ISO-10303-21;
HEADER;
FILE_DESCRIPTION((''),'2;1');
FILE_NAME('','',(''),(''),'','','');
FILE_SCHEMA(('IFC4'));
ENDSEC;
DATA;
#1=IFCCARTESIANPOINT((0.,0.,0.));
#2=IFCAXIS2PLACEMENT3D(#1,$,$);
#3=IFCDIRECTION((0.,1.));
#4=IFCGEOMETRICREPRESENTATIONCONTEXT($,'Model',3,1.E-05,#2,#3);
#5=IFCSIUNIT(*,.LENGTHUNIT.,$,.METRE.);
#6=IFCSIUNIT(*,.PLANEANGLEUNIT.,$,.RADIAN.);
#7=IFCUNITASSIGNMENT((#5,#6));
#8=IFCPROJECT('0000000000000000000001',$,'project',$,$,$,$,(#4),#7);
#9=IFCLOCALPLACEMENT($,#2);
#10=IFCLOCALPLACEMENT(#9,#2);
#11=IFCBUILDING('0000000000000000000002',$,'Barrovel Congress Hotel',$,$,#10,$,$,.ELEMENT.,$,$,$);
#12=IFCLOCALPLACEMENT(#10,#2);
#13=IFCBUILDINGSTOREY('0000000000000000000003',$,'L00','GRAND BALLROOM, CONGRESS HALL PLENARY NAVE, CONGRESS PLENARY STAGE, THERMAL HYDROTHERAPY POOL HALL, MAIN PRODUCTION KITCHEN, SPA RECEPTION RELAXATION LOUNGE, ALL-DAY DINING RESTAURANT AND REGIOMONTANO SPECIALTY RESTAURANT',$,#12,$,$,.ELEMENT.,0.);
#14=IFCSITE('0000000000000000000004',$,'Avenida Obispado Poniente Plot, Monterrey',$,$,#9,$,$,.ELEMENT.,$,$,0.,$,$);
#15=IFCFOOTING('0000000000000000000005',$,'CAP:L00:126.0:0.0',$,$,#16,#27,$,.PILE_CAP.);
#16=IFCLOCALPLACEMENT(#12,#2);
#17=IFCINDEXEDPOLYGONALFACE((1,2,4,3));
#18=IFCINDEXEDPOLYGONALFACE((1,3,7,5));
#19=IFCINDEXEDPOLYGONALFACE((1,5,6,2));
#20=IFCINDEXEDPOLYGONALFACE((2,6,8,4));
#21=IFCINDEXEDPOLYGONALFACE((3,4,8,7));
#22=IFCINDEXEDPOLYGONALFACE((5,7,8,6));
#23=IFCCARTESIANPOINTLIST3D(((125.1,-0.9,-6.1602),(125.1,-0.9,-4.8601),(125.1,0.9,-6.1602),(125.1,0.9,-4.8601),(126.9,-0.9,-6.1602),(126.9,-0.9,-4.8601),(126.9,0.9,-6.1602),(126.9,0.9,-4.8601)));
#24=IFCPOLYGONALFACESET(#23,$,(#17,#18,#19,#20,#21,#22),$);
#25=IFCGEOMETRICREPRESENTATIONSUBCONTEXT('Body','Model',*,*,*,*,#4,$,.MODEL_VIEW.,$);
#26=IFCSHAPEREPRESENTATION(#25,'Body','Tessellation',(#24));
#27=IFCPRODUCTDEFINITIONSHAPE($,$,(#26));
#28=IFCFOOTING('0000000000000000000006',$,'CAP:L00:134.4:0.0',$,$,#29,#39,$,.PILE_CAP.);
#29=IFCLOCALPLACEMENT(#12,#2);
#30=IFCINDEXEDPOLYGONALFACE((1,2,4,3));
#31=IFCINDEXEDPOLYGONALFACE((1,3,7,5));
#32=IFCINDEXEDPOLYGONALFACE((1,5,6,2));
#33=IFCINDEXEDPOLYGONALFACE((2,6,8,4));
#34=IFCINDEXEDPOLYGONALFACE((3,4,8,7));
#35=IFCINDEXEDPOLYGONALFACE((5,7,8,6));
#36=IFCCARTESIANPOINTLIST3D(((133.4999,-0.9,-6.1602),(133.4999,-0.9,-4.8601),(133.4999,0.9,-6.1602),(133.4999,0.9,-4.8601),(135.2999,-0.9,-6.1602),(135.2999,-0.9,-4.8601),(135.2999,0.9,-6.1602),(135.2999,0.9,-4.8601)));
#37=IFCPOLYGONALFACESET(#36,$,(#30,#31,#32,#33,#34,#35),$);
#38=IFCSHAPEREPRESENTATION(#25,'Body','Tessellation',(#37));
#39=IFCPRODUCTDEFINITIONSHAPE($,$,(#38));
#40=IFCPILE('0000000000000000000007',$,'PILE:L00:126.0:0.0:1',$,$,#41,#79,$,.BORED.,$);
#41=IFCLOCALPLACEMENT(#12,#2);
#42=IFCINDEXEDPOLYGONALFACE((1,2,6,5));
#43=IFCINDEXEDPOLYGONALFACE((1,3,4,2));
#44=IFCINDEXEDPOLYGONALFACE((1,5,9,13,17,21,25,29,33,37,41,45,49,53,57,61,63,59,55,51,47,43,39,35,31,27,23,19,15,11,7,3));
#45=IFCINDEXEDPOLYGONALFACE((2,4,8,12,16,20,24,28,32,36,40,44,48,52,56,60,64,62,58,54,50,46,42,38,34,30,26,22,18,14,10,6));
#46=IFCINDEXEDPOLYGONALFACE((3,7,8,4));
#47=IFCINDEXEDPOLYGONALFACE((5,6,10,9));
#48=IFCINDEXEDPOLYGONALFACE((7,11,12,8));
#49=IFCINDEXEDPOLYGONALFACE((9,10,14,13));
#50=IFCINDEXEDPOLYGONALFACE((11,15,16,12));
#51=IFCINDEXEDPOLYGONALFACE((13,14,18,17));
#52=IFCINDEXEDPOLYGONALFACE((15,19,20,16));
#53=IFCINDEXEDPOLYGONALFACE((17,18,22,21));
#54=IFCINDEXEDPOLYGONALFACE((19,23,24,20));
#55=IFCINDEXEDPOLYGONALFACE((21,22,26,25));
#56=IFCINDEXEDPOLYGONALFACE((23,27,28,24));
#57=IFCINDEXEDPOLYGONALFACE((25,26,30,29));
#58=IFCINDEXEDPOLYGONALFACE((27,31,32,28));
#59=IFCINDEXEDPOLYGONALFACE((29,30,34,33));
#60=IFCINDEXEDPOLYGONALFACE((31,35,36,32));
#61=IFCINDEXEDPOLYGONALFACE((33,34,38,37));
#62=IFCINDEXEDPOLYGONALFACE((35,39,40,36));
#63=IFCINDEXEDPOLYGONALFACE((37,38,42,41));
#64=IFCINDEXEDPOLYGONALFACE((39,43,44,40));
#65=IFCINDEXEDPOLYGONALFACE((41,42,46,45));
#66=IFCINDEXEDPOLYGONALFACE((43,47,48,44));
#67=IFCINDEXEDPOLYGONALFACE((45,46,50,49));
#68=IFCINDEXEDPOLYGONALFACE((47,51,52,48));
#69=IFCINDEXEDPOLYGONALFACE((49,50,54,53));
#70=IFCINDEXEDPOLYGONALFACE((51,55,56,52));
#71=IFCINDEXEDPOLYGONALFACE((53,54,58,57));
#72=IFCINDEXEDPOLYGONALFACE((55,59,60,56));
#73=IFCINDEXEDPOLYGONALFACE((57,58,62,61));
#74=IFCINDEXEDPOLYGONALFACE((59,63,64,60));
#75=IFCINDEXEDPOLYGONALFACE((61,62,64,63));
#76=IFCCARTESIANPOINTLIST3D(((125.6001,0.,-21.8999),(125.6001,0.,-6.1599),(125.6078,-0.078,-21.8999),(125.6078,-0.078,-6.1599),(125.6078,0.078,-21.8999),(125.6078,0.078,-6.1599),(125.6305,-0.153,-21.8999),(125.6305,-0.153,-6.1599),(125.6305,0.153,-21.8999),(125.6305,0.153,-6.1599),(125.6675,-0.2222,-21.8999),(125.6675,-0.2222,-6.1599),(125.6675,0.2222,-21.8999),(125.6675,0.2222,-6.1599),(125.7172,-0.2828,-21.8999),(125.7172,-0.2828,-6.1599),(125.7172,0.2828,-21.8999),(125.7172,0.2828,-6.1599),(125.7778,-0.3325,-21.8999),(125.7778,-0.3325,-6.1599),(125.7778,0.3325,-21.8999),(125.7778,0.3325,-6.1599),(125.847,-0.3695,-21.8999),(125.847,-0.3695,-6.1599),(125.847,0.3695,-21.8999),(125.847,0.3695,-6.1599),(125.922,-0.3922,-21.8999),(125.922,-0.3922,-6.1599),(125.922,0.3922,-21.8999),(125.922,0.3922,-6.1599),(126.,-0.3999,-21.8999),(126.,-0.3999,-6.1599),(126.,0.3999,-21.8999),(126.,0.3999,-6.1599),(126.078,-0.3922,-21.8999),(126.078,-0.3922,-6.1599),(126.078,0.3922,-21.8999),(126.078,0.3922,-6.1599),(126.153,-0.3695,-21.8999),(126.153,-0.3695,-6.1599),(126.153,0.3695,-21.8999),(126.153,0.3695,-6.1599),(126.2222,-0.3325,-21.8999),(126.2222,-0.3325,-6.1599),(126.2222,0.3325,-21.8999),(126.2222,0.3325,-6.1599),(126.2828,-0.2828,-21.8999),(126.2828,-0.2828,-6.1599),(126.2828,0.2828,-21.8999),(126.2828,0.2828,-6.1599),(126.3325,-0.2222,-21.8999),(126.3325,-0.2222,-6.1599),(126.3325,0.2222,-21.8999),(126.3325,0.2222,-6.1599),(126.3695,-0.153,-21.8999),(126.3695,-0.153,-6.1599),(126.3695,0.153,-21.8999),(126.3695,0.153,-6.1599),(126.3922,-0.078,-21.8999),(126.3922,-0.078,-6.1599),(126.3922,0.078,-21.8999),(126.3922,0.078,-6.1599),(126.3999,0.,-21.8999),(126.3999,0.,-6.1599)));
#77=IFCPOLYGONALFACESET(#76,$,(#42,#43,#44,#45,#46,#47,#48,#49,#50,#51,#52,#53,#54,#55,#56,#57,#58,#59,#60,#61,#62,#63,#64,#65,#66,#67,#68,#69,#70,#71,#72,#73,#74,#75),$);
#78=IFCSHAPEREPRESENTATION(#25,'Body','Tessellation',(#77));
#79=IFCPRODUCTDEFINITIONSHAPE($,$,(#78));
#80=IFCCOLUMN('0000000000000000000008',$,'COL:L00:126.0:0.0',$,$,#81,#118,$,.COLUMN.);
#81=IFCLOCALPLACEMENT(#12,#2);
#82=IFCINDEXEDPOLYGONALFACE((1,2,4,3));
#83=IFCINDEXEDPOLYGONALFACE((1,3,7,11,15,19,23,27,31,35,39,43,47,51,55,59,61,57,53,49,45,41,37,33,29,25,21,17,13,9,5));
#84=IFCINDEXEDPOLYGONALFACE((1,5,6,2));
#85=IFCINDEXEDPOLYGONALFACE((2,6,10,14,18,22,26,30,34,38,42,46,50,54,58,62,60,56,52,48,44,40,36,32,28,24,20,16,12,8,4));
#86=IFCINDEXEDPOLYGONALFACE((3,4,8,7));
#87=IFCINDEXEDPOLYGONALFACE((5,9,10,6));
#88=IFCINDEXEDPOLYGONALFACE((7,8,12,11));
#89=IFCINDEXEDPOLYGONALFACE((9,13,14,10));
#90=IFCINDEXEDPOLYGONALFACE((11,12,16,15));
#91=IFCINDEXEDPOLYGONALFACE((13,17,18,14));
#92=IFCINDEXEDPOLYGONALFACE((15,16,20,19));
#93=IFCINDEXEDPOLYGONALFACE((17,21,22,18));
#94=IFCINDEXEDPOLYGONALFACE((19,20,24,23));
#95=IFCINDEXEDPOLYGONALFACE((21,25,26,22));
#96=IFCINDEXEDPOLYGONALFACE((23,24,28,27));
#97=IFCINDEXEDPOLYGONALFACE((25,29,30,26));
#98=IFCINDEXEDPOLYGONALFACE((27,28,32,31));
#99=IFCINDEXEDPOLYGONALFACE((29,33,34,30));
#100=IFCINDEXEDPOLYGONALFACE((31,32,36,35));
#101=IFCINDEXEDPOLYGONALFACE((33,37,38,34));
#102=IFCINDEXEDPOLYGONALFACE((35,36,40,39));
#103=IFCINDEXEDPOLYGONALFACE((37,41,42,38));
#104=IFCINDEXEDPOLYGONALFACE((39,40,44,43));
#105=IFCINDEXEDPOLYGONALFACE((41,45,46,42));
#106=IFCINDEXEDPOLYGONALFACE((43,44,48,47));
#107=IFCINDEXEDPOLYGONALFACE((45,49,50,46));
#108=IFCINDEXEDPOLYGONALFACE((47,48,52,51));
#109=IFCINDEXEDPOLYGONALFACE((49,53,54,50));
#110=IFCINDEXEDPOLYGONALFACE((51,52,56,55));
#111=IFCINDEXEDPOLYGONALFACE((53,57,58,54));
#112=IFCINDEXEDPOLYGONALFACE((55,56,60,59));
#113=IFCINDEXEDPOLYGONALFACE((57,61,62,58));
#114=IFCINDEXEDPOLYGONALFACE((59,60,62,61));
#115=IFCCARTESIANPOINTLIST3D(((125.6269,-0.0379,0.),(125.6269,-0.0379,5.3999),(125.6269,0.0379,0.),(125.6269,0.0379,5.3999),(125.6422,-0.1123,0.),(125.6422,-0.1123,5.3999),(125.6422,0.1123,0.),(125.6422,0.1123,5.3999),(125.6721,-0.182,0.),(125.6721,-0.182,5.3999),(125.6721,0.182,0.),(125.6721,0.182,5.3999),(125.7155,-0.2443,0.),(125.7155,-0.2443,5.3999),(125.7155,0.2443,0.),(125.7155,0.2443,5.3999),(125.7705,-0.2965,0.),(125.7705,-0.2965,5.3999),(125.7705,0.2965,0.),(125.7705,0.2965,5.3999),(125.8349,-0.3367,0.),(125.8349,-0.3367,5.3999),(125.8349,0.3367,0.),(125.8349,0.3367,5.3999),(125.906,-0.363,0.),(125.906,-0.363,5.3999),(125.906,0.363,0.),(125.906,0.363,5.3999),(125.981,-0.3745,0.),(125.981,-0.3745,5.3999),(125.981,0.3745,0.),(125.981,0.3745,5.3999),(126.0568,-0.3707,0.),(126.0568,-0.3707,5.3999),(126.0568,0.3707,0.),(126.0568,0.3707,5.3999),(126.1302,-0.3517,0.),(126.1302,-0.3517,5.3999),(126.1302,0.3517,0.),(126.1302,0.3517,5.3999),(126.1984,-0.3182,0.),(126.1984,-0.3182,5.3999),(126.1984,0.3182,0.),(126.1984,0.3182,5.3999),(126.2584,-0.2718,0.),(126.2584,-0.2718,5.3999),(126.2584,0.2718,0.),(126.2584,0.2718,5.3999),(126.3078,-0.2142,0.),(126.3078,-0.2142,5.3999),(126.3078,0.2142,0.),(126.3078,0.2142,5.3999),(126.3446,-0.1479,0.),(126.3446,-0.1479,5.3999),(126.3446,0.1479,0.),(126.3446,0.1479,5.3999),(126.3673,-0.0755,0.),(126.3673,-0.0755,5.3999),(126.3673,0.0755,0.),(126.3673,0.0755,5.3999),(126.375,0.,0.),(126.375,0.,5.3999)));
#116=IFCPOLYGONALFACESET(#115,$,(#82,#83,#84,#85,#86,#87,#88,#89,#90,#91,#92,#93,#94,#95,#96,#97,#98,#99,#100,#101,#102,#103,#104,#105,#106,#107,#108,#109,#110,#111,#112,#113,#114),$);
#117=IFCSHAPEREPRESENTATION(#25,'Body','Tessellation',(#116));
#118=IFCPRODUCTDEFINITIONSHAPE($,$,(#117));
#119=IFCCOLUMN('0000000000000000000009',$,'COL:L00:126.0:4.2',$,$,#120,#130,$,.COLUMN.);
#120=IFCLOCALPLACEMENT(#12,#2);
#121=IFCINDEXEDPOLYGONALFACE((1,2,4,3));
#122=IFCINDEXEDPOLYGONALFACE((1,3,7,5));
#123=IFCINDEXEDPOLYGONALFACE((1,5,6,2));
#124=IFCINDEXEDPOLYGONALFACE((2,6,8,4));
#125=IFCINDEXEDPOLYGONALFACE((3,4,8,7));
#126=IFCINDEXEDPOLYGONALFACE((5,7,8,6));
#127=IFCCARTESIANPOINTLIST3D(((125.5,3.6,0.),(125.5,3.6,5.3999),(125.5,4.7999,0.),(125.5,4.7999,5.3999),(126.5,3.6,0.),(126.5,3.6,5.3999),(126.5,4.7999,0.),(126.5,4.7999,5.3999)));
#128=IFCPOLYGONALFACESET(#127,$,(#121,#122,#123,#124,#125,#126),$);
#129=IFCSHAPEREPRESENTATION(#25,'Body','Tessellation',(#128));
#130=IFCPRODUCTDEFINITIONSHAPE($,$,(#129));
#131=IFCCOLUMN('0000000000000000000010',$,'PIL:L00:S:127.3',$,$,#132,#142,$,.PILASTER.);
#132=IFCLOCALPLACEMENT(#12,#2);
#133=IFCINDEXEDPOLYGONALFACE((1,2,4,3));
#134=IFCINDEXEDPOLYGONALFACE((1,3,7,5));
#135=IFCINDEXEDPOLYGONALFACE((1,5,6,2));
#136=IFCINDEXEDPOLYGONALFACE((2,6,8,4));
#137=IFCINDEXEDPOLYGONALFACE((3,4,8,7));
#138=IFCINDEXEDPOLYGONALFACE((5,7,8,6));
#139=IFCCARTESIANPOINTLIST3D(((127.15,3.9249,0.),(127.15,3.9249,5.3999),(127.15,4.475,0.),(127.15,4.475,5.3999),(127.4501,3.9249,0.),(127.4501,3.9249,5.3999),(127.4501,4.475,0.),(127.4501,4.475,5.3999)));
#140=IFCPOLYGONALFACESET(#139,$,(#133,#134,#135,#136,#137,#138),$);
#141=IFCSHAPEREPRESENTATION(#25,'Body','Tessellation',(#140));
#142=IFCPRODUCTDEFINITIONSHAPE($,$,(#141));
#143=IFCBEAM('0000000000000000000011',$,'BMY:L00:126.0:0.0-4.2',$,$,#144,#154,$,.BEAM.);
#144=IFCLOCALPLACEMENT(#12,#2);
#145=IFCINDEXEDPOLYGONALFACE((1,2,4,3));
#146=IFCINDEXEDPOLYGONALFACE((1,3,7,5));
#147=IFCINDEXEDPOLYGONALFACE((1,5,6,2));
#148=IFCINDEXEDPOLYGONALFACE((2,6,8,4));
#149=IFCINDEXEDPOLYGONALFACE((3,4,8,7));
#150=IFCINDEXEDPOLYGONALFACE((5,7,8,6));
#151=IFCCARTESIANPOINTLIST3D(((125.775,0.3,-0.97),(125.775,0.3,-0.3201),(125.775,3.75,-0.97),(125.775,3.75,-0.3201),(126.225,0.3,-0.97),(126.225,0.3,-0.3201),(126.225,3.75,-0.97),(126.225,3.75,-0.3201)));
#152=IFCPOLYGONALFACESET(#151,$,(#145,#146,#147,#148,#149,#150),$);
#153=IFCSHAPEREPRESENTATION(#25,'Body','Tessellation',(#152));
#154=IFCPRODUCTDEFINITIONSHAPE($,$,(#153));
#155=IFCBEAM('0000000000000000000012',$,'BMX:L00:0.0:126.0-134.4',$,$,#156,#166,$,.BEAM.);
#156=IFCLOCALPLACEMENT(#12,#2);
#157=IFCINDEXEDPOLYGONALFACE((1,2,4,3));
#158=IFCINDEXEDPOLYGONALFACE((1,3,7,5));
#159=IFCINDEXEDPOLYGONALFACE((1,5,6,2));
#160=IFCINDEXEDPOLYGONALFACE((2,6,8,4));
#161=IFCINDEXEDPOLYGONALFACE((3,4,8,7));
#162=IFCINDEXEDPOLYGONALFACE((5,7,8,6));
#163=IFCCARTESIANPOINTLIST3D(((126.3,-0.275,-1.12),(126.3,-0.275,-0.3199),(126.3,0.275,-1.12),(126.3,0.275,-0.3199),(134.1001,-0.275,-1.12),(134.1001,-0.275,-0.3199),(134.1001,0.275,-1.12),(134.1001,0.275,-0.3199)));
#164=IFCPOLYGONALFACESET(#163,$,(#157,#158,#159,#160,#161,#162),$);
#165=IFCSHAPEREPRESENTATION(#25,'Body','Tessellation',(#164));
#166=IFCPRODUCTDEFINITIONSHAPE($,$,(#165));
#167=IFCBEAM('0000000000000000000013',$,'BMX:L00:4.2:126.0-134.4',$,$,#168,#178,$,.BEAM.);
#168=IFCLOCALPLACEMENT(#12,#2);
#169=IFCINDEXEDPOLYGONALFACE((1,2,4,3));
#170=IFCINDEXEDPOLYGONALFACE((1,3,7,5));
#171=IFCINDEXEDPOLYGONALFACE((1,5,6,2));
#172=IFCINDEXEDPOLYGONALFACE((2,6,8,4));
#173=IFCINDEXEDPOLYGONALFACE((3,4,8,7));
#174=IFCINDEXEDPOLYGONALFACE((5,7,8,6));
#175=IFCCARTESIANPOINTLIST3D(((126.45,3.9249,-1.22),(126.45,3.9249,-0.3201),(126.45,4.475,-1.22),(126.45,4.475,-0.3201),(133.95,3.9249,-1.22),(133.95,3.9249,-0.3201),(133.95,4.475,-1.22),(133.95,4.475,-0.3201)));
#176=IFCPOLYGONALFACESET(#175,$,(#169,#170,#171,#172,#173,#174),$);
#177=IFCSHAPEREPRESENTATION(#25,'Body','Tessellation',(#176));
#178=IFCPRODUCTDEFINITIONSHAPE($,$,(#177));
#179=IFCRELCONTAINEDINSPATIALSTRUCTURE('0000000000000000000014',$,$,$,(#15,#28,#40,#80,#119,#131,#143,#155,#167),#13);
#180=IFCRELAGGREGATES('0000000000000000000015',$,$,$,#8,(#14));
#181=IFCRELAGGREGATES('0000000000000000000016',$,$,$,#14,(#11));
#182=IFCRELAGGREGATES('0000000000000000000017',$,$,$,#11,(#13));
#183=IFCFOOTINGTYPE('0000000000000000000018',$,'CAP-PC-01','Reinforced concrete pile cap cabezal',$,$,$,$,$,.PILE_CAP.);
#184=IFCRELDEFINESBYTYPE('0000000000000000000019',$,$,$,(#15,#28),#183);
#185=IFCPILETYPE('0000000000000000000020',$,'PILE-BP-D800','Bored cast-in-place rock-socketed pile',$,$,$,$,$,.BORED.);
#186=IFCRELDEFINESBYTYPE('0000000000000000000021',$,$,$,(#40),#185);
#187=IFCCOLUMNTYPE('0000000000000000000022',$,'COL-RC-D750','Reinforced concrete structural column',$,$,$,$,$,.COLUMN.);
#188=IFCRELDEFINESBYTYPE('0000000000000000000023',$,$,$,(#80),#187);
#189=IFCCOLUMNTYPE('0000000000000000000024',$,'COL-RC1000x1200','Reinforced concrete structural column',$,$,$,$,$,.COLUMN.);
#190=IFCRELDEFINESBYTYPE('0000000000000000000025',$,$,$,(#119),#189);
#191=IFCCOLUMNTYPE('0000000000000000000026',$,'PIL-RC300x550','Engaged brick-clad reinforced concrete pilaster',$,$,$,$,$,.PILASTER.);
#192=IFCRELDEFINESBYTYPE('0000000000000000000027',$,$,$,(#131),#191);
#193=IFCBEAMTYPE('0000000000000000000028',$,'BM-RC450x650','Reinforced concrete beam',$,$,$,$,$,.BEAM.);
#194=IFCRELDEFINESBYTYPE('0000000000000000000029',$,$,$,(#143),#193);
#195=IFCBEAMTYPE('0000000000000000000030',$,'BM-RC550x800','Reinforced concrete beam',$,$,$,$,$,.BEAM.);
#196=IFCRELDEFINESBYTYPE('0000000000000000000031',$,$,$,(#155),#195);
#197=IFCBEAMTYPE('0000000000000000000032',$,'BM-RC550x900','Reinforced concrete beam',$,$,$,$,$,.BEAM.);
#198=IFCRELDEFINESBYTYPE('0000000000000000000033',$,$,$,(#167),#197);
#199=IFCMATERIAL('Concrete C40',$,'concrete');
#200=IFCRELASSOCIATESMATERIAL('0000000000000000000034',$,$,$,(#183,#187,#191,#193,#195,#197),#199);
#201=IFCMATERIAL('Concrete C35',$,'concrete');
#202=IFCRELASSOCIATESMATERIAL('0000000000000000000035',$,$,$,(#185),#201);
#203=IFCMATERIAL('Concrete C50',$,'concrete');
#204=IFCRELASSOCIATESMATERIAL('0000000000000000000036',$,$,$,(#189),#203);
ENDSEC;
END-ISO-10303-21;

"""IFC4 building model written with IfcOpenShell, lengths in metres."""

from ifc_helpers import new_model, si_unit, direction, frame, origin, origin_2d, place, context, subcontext, project, spatial, rectangle, circle, extrude, material, material_profile, profile_set, type_object, element, save


model = new_model("IFC4")

# Units and contexts
model_context = context("Model", 3, precision=1e-05, world=origin(), true_north=direction((0.0, 1.0)))
body_context = subcontext(model_context, "Body", "Model", "MODEL_VIEW")
ifc_project = project(units=[si_unit("LENGTHUNIT", "METRE"), si_unit("PLANEANGLEUNIT", "RADIAN")], contexts=[model_context])

# Site, building, storey
site_placement = place(None, origin())
site = spatial("IfcSite", under=ifc_project, at=site_placement, Name="Avenida Obispado Poniente Plot, Monterrey", CompositionType="ELEMENT", RefElevation=0.0)
building_placement = place(site_placement, origin())
building = spatial("IfcBuilding", under=site, at=building_placement, Name="Barrovel Congress Hotel", CompositionType="ELEMENT")
storey_placement = place(building_placement, origin())
storey = spatial("IfcBuildingStorey", under=building, at=storey_placement, Name="L00", Description="GRAND BALLROOM, CONGRESS HALL PLENARY NAVE, CONGRESS PLENARY STAGE, THERMAL HYDROTHERAPY POOL HALL, MAIN PRODUCTION KITCHEN, SPA RECEPTION RELAXATION LOUNGE, ALL-DAY DINING RESTAURANT AND REGIOMONTANO SPECIALTY RESTAURANT", CompositionType="ELEMENT", Elevation=0.0)

# Footings
ifc_material_1 = material(Name="Concrete C40", Category="concrete")
footing_type = type_object("IfcFootingType", Name="CAP-PC-01", Description="Reinforced concrete pile cap cabezal", PredefinedType="PILE_CAP", material=ifc_material_1)
for number, where, z_axis, x_axis, name in (
    (1, (126.0, 0.0, -6.1602), (0.0, 0.0, 1.0), (1.0, 0.0, 0.0), "CAP:L00:126.0:0.0"),
    (2, (134.3999, 0.0, -6.1602), (0.0, 0.0, 1.0), (1.0, 0.0, 0.0), "CAP:L00:134.4:0.0"),
):
    element("IfcFooting", number, at=place(storey_placement, frame(where, z_axis=z_axis, x_axis=x_axis)), inside=storey, type_object=footing_type, Name=name, PredefinedType="PILE_CAP", context=body_context, shape_type="SweptSolid", body=[
        extrude(rectangle(XDim=1.8, YDim=1.8, at=origin_2d()), origin(), (0.0, 0.0, 1.0), 1.3),
    ])

# Pile
ifc_material_2 = material(Name="Concrete C35", Category="concrete")
ifc_material_profile_1 = material_profile(ifc_material_2, circle(Radius=0.3999, at=origin_2d()), Name="BP-D800")
ifc_profile_set_1 = profile_set([ifc_material_profile_1], Name="Concrete C35")
pile_type = type_object("IfcPileType", Name="PILE-BP-D800", Description="Bored cast-in-place rock-socketed pile", PredefinedType="BORED", material=ifc_profile_set_1)
pile_placement = place(storey_placement, frame((126.0, 0.0, -6.1599), z_axis=(0.0, 0.0, -1.0), x_axis=(1.0, 0.0, 0.0)))
element("IfcPile", 3, at=pile_placement, inside=storey, type_object=pile_type, Name="PILE:L00:126.0:0.0:1", PredefinedType="BORED", context=body_context, shape_type="SweptSolid", body=[
    extrude(circle(Radius=0.3999, at=origin_2d()), origin(), (0.0, 0.0, 1.0), 15.74),
])

# Columns
ifc_material_profile_2 = material_profile(ifc_material_1, circle(Radius=0.375, at=origin_2d()), Name="RC-D750")
ifc_profile_set_2 = profile_set([ifc_material_profile_2], Name="Concrete C40")
column_type_1 = type_object("IfcColumnType", Name="COL-RC-D750", Description="Reinforced concrete structural column", PredefinedType="COLUMN", material=ifc_profile_set_2)
column_1_placement = place(storey_placement, frame((126.0, 0.0, 0.0), z_axis=(0.0, 0.0, 1.0), x_axis=(1.0, 0.0, 0.0)))
element("IfcColumn", 4, at=column_1_placement, inside=storey, type_object=column_type_1, Name="COL:L00:126.0:0.0", PredefinedType="COLUMN", context=body_context, shape_type="SweptSolid", body=[
    extrude(circle(Radius=0.375, at=origin_2d()), origin(), (0.0, 0.0, 1.0), 5.3999),
])
ifc_material_3 = material(Name="Concrete C50", Category="concrete")
ifc_material_profile_3 = material_profile(ifc_material_3, rectangle(XDim=1.0, YDim=1.2, at=origin_2d()), Name="RC1000x1200")
ifc_profile_set_3 = profile_set([ifc_material_profile_3], Name="Concrete C50")
column_type_2 = type_object("IfcColumnType", Name="COL-RC1000x1200", Description="Reinforced concrete structural column", PredefinedType="COLUMN", material=ifc_profile_set_3)
column_2_placement = place(storey_placement, frame((126.0, 4.2, 0.0), z_axis=(0.0, 0.0, 1.0), x_axis=(1.0, 0.0, 0.0)))
element("IfcColumn", 5, at=column_2_placement, inside=storey, type_object=column_type_2, Name="COL:L00:126.0:4.2", PredefinedType="COLUMN", context=body_context, shape_type="SweptSolid", body=[
    extrude(rectangle(XDim=1.0, YDim=1.2, at=origin_2d()), origin(), (0.0, 0.0, 1.0), 5.3999),
])
ifc_material_profile_4 = material_profile(ifc_material_1, rectangle(XDim=0.3, YDim=0.55, at=origin_2d()), Name="RC300x550")
ifc_profile_set_4 = profile_set([ifc_material_profile_4], Name="Concrete C40")
column_type_3 = type_object("IfcColumnType", Name="PIL-RC300x550", Description="Engaged brick-clad reinforced concrete pilaster", PredefinedType="PILASTER", material=ifc_profile_set_4)
column_3_placement = place(storey_placement, frame((127.3, 4.2, 0.0), z_axis=(0.0, 0.0, 1.0), x_axis=(1.0, 0.0, 0.0)))
element("IfcColumn", 6, at=column_3_placement, inside=storey, type_object=column_type_3, Name="PIL:L00:S:127.3", PredefinedType="PILASTER", context=body_context, shape_type="SweptSolid", body=[
    extrude(rectangle(XDim=0.3, YDim=0.55, at=origin_2d()), origin(), (0.0, 0.0, 1.0), 5.3999),
])

# Beams
ifc_material_profile_5 = material_profile(ifc_material_1, rectangle(XDim=0.45, YDim=0.6499, at=origin_2d()), Name="RC450x650")
ifc_profile_set_5 = profile_set([ifc_material_profile_5], Name="Concrete C40")
beam_type_1 = type_object("IfcBeamType", Name="BM-RC450x650", Description="Reinforced concrete beam", PredefinedType="BEAM", material=ifc_profile_set_5)
beam_1_placement = place(storey_placement, frame((126.0, 0.3, -0.645), z_axis=(0.0, 1.0, 0.0), x_axis=(-1.0, 0.0, 0.0)))
element("IfcBeam", 7, at=beam_1_placement, inside=storey, type_object=beam_type_1, Name="BMY:L00:126.0:0.0-4.2", PredefinedType="BEAM", context=body_context, shape_type="SweptSolid", body=[
    extrude(rectangle(XDim=0.45, YDim=0.6499, at=origin_2d()), origin(), (0.0, 0.0, 1.0), 3.45),
])
ifc_material_profile_6 = material_profile(ifc_material_1, rectangle(XDim=0.55, YDim=0.8, at=origin_2d()), Name="RC550x800")
ifc_profile_set_6 = profile_set([ifc_material_profile_6], Name="Concrete C40")
beam_type_2 = type_object("IfcBeamType", Name="BM-RC550x800", Description="Reinforced concrete beam", PredefinedType="BEAM", material=ifc_profile_set_6)
beam_2_placement = place(storey_placement, frame((126.3, 0.0, -0.72), z_axis=(1.0, 0.0, 0.0), x_axis=(0.0, 1.0, 0.0)))
element("IfcBeam", 8, at=beam_2_placement, inside=storey, type_object=beam_type_2, Name="BMX:L00:0.0:126.0-134.4", PredefinedType="BEAM", context=body_context, shape_type="SweptSolid", body=[
    extrude(rectangle(XDim=0.55, YDim=0.8, at=origin_2d()), origin(), (0.0, 0.0, 1.0), 7.8),
])
ifc_material_profile_7 = material_profile(ifc_material_1, rectangle(XDim=0.55, YDim=0.8999, at=origin_2d()), Name="RC550x900")
ifc_profile_set_7 = profile_set([ifc_material_profile_7], Name="Concrete C40")
beam_type_3 = type_object("IfcBeamType", Name="BM-RC550x900", Description="Reinforced concrete beam", PredefinedType="BEAM", material=ifc_profile_set_7)
beam_3_placement = place(storey_placement, frame((126.45, 4.2, -0.77), z_axis=(1.0, 0.0, 0.0), x_axis=(0.0, 1.0, 0.0)))
element("IfcBeam", 9, at=beam_3_placement, inside=storey, type_object=beam_type_3, Name="BMX:L00:4.2:126.0-134.4", PredefinedType="BEAM", context=body_context, shape_type="SweptSolid", body=[
    extrude(rectangle(XDim=0.55, YDim=0.8999, at=origin_2d()), origin(), (0.0, 0.0, 1.0), 7.5),
])

save(model, "model.ifc")
